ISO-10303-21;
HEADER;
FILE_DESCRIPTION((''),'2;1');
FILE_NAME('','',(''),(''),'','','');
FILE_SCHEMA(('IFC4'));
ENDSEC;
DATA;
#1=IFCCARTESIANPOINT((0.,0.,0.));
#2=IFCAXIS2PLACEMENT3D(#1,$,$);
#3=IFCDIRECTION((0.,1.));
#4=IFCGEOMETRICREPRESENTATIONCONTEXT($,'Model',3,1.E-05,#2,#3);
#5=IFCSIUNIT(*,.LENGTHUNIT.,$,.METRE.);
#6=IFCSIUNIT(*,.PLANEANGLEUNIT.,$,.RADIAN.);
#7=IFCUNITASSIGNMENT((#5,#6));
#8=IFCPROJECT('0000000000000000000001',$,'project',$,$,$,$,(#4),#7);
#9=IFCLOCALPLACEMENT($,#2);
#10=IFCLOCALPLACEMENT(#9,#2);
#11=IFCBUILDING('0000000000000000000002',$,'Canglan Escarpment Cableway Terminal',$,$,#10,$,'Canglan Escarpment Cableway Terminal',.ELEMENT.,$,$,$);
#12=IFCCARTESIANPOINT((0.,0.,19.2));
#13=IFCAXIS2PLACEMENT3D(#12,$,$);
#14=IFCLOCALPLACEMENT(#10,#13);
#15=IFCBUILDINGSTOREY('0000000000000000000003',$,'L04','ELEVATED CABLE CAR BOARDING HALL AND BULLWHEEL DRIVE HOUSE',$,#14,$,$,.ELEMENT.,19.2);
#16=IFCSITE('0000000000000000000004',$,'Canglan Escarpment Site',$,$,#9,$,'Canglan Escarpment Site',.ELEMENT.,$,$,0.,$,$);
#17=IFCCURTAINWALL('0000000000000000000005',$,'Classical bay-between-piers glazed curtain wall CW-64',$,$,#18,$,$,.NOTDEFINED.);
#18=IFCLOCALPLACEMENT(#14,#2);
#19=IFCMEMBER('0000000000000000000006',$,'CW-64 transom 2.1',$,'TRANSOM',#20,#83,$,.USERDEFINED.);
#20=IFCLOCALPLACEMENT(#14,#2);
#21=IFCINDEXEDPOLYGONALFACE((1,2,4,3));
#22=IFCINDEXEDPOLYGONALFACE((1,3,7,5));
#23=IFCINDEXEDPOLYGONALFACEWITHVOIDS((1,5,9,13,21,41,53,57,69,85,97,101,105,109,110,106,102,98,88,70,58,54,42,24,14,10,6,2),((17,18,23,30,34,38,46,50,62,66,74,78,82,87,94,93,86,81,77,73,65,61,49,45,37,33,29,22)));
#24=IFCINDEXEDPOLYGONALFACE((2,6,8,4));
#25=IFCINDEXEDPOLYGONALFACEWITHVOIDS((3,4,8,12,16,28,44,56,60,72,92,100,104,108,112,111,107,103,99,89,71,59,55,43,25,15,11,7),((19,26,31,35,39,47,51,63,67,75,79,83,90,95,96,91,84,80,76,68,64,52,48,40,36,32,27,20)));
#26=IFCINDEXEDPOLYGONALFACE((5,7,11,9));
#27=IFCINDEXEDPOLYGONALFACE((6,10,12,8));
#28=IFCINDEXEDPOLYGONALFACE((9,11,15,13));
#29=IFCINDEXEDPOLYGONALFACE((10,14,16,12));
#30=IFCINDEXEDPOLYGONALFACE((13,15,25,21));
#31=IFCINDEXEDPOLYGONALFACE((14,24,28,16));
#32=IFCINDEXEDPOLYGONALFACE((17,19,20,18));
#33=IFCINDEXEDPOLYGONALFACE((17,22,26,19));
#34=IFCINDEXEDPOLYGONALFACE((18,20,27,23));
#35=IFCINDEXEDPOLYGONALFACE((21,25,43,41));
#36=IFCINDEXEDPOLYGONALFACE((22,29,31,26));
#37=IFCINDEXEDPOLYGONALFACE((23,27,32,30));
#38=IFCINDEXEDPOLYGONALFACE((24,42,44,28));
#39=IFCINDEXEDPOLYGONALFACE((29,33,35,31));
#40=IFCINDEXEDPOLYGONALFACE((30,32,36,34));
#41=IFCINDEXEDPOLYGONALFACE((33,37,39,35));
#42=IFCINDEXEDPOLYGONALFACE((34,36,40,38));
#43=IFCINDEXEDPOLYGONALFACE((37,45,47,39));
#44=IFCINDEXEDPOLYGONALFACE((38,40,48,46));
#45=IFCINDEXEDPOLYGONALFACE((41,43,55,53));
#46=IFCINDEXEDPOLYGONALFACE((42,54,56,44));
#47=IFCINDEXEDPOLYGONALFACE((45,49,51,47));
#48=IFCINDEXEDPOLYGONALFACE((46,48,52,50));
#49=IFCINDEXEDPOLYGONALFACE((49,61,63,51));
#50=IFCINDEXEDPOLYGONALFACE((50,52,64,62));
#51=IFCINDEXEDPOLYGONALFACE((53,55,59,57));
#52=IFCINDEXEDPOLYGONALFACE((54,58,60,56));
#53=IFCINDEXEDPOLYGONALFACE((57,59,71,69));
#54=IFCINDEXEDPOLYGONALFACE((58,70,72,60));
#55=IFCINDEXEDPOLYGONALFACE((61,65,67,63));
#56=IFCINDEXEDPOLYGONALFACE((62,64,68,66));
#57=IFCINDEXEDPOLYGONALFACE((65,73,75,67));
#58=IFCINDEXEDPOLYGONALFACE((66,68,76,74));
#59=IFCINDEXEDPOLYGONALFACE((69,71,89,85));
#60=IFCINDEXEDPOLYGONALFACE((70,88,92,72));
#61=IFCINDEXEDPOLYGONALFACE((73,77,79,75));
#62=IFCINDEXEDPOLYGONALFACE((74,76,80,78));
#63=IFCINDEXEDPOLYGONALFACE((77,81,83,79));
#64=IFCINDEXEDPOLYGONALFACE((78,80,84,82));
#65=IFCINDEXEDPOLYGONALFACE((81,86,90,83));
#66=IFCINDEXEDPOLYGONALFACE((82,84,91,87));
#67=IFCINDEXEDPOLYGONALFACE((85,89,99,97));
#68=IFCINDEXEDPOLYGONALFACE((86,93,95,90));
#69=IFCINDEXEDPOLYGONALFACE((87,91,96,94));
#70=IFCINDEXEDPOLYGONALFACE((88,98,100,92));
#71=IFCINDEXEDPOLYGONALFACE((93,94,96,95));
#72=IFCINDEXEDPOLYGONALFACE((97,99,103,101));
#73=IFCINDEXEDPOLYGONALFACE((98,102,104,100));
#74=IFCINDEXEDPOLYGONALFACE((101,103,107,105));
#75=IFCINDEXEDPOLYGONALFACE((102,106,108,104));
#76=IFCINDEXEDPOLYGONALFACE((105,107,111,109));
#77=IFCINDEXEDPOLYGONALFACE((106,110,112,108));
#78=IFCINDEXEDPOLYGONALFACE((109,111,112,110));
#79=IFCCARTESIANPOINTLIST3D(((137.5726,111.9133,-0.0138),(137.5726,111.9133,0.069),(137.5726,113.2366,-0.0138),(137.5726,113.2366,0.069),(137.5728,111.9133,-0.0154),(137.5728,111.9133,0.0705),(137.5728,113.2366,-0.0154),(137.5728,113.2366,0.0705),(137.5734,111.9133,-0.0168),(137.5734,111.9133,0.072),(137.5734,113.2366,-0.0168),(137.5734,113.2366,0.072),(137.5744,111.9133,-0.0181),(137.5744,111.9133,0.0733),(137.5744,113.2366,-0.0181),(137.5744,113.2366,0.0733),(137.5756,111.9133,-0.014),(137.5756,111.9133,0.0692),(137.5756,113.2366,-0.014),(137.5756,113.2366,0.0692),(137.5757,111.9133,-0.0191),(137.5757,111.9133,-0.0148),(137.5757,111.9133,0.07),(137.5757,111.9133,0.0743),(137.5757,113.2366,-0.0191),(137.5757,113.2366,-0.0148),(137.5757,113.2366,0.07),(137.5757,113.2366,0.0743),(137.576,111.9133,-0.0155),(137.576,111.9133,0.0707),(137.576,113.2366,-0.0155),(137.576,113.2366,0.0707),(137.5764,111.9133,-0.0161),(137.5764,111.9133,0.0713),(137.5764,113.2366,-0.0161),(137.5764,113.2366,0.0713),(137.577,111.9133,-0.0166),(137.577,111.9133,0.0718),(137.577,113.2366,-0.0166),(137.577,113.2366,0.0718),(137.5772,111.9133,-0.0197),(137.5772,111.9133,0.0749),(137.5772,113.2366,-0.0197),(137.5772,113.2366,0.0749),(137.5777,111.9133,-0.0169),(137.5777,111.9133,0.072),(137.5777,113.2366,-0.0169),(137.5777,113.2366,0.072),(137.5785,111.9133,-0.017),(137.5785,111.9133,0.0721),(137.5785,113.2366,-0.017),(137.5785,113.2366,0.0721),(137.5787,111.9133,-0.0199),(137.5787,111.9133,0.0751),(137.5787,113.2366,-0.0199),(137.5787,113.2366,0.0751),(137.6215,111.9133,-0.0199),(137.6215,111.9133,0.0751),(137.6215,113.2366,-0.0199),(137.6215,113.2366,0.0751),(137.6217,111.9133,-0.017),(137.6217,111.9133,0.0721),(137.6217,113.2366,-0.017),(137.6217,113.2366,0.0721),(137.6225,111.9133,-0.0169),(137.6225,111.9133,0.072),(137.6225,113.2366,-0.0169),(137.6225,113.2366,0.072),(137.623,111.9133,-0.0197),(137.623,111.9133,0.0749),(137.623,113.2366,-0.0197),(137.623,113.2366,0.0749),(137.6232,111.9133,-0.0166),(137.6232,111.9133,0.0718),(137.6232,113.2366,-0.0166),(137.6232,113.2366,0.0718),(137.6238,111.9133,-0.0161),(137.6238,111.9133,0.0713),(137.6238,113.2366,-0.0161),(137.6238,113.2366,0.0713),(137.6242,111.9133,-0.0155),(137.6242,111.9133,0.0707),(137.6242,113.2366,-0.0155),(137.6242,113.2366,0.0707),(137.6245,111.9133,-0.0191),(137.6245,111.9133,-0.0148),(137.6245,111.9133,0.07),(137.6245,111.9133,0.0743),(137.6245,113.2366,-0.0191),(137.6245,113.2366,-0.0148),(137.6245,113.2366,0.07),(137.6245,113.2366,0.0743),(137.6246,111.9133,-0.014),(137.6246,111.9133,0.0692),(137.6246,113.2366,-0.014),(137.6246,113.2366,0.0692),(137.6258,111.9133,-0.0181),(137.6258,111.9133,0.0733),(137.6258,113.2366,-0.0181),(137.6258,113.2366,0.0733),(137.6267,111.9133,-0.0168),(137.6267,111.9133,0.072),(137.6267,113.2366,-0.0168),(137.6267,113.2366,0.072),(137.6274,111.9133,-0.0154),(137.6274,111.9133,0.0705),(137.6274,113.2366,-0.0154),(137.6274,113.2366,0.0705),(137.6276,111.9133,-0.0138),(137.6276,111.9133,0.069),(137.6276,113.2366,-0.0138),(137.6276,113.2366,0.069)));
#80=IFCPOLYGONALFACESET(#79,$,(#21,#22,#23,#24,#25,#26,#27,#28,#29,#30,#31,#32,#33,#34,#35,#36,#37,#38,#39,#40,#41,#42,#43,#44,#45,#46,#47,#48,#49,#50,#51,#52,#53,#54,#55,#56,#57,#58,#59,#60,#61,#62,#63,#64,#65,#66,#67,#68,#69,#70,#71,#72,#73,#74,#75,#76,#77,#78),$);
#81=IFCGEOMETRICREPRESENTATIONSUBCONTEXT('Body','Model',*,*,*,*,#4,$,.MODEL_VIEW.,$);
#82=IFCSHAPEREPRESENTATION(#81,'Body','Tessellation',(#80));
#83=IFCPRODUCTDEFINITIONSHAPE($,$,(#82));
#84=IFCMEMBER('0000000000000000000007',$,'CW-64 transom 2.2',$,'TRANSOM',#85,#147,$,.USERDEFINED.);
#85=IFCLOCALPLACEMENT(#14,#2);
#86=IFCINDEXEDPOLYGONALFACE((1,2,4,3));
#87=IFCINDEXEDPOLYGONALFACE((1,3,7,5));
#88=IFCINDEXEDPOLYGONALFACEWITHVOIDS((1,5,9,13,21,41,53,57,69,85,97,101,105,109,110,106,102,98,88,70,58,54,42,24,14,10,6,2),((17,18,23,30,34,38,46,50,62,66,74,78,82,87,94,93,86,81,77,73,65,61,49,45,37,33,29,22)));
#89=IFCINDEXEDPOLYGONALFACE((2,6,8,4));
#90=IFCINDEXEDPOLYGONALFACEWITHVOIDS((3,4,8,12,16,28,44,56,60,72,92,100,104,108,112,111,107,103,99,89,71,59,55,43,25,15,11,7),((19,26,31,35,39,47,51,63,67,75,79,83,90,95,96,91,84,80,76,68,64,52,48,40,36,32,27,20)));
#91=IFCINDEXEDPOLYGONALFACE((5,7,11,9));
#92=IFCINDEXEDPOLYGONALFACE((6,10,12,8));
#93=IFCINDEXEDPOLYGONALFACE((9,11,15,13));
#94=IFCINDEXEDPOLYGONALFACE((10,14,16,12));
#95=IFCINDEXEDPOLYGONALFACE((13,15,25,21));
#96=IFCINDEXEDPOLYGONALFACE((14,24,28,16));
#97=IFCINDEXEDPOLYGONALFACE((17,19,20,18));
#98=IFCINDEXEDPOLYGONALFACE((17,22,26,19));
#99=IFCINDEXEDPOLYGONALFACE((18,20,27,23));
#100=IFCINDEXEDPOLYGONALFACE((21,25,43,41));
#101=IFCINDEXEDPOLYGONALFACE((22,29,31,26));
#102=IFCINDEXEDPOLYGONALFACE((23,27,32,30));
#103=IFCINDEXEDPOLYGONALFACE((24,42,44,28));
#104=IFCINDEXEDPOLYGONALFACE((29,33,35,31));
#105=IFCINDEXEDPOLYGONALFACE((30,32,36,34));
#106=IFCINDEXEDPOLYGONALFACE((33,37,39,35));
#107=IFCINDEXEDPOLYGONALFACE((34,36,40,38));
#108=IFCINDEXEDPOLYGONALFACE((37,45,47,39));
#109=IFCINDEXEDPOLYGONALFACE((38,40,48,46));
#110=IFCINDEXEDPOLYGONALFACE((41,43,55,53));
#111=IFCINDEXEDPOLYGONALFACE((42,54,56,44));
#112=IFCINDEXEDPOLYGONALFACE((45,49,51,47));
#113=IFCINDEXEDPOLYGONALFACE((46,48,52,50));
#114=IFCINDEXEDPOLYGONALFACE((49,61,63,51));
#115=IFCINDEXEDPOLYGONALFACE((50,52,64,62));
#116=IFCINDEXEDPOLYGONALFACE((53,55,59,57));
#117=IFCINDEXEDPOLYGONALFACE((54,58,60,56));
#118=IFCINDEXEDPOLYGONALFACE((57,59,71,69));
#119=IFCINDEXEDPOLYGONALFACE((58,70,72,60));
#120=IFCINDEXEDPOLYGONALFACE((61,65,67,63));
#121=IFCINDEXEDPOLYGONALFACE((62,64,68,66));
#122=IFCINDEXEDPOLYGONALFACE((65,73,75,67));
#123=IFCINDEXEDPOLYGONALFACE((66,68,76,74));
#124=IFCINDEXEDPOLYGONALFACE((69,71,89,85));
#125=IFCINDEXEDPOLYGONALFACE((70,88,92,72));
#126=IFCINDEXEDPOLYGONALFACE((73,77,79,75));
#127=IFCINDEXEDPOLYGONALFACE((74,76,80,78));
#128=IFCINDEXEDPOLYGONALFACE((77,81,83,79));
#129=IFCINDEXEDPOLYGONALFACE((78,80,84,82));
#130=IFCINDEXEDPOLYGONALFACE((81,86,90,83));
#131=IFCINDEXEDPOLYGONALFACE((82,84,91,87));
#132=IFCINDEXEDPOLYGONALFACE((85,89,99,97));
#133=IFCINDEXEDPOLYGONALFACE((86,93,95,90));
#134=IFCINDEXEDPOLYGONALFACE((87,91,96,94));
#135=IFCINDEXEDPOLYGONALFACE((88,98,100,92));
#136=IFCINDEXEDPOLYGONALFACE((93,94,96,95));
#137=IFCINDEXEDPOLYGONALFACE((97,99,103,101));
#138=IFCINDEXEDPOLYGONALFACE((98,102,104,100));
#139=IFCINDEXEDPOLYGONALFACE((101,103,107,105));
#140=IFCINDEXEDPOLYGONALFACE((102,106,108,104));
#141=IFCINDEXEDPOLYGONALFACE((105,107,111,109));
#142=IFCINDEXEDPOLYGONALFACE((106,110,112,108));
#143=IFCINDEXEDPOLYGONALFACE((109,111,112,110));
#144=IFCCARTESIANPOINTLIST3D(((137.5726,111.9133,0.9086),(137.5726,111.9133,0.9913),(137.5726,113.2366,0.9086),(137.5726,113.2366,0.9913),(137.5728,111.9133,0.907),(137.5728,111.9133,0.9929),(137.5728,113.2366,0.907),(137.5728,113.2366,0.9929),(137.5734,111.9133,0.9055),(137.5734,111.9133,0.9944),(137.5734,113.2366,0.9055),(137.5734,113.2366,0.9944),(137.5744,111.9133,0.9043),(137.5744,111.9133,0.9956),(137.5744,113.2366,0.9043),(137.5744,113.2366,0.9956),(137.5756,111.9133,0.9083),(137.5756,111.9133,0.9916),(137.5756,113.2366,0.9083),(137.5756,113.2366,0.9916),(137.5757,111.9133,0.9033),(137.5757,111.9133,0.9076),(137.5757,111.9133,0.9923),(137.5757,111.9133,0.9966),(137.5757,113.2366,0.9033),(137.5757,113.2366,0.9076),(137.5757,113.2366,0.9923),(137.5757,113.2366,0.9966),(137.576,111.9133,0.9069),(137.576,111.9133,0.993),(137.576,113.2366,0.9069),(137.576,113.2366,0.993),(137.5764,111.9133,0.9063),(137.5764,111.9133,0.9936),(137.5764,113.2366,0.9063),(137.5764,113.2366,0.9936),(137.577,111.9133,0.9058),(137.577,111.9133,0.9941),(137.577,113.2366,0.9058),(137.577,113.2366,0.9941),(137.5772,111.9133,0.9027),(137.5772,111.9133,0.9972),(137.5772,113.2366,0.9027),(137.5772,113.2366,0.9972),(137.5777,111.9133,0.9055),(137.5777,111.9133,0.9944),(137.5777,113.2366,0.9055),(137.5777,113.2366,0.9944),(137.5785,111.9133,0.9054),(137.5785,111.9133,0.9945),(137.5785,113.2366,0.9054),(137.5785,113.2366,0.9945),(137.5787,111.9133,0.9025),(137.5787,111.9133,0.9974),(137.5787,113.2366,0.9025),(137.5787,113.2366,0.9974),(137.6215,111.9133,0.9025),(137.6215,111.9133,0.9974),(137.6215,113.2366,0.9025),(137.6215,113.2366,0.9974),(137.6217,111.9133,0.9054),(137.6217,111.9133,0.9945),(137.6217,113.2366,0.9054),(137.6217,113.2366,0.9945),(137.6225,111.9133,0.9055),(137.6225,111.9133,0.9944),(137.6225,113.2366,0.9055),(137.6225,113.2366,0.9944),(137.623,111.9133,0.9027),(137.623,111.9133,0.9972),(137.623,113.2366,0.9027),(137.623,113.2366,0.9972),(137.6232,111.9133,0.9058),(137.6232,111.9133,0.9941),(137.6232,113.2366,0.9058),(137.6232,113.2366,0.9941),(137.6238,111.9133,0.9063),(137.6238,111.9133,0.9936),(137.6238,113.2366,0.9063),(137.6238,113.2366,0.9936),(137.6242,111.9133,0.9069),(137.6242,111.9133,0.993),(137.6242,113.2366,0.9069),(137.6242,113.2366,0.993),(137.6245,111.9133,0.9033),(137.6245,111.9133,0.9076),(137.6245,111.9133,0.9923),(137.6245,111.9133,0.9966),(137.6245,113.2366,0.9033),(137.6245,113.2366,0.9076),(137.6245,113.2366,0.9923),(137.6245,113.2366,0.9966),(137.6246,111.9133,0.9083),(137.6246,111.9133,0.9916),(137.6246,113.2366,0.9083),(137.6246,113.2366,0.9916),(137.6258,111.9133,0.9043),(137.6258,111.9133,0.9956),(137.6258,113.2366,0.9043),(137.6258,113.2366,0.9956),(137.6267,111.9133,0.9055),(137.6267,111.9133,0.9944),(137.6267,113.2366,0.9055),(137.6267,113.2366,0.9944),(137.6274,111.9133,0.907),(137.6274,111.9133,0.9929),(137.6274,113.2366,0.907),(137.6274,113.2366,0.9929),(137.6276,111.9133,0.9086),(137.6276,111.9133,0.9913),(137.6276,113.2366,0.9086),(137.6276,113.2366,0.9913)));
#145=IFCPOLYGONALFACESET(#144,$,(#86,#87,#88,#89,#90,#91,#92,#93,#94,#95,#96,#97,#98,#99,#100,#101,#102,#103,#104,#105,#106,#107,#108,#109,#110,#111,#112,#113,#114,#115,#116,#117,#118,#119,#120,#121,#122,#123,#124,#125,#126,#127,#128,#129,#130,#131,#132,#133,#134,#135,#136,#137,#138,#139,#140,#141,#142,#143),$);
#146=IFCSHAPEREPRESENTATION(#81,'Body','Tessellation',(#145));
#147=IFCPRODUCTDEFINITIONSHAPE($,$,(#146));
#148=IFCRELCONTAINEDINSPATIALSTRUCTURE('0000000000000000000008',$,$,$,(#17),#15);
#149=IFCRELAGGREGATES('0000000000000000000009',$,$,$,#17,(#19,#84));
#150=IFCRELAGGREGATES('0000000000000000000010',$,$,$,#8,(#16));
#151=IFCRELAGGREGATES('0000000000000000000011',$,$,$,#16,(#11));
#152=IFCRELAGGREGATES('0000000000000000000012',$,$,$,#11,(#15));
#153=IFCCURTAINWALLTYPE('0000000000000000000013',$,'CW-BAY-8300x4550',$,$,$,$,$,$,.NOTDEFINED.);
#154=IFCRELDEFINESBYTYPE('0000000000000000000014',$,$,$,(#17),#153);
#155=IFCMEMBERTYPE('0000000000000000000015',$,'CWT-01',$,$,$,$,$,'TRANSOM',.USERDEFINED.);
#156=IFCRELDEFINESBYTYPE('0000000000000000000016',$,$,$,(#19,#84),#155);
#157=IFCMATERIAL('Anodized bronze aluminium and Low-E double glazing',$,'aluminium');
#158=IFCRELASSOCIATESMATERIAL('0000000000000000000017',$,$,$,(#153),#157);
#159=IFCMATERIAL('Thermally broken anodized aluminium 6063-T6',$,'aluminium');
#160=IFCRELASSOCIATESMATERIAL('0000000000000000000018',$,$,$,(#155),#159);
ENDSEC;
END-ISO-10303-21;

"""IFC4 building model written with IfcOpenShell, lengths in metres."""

from ifc_helpers import new_model, si_unit, direction, frame, origin, origin_2d, place, context, subcontext, project, spatial, hollow_rectangle, extrude, material, material_profile, profile_set, type_object, element, aggregate, save


model = new_model("IFC4")

# Units and contexts
model_context = context("Model", 3, precision=1e-05, world=origin(), true_north=direction((0.0, 1.0)))
body_context = subcontext(model_context, "Body", "Model", "MODEL_VIEW")
ifc_project = project(units=[si_unit("LENGTHUNIT", "METRE"), si_unit("PLANEANGLEUNIT", "RADIAN")], contexts=[model_context])

# Site, building, storey
site_placement = place(None, origin())
site = spatial("IfcSite", under=ifc_project, at=site_placement, Name="Canglan Escarpment Site", LongName="Canglan Escarpment Site", CompositionType="ELEMENT", RefElevation=0.0)
building_placement = place(site_placement, origin())
building = spatial("IfcBuilding", under=site, at=building_placement, Name="Canglan Escarpment Cableway Terminal", LongName="Canglan Escarpment Cableway Terminal", CompositionType="ELEMENT")
storey_placement = place(building_placement, frame((0.0, 0.0, 19.2)))
storey = spatial("IfcBuildingStorey", under=building, at=storey_placement, Name="L04", Description="ELEVATED CABLE CAR BOARDING HALL AND BULLWHEEL DRIVE HOUSE", CompositionType="ELEMENT", Elevation=19.2)

# Curtain wall
ifc_material_1 = material(Name="Anodized bronze aluminium and Low-E double glazing", Category="aluminium")
curtain_wall_type_1 = type_object("IfcCurtainWallType", Name="CW-BAY-8300x4550", PredefinedType="NOTDEFINED", material=ifc_material_1)
curtain_wall_1_placement = place(storey_placement, origin())
curtain_wall_1 = element("IfcCurtainWall", 1, at=curtain_wall_1_placement, inside=storey, type_object=curtain_wall_type_1, Name="Classical bay-between-piers glazed curtain wall CW-64", PredefinedType="NOTDEFINED")
ifc_material_2 = material(Name="Thermally broken anodized aluminium 6063-T6", Category="aluminium")

# Members
ifc_material_profile_1 = material_profile(ifc_material_2, hollow_rectangle(XDim=0.0549, YDim=0.095, WallThickness=0.0029, InnerFilletRadius=0.0029, OuterFilletRadius=0.0061, at=origin_2d()), Name="ALU-TRAN 55x95x3")
ifc_profile_set_1 = profile_set([ifc_material_profile_1], Name="Thermally broken anodized aluminium 6063-T6")
member_type_1 = type_object("IfcMemberType", Name="CWT-01", ElementType="TRANSOM", PredefinedType="USERDEFINED", material=ifc_profile_set_1)
member_1_placement = place(storey_placement, frame((137.6001, 113.2366, 0.0276), z_axis=(0.0, -1.0, 0.0), x_axis=(1.0, 0.0, 0.0)))
member_1 = element("IfcMember", 2, at=member_1_placement, type_object=member_type_1, Name="CW-64 transom 2.1", ObjectType="TRANSOM", PredefinedType="USERDEFINED", context=body_context, shape_type="SweptSolid", body=[
    extrude(hollow_rectangle(XDim=0.0549, YDim=0.095, WallThickness=0.0029, InnerFilletRadius=0.0029, OuterFilletRadius=0.0061, at=origin_2d()), origin(), (0.0, 0.0, 1.0), 1.3232),
])
member_2_placement = place(storey_placement, frame((137.6001, 113.2366, 0.95), z_axis=(0.0, -1.0, 0.0), x_axis=(1.0, 0.0, 0.0)))
member_2 = element("IfcMember", 3, at=member_2_placement, type_object=member_type_1, Name="CW-64 transom 2.2", ObjectType="TRANSOM", PredefinedType="USERDEFINED", context=body_context, shape_type="SweptSolid", body=[
    extrude(hollow_rectangle(XDim=0.0549, YDim=0.095, WallThickness=0.0029, InnerFilletRadius=0.0029, OuterFilletRadius=0.0061, at=origin_2d()), origin(), (0.0, 0.0, 1.0), 1.3232),
])

aggregate(curtain_wall_1, [member_1, member_2])

save(model, "model.ifc")
